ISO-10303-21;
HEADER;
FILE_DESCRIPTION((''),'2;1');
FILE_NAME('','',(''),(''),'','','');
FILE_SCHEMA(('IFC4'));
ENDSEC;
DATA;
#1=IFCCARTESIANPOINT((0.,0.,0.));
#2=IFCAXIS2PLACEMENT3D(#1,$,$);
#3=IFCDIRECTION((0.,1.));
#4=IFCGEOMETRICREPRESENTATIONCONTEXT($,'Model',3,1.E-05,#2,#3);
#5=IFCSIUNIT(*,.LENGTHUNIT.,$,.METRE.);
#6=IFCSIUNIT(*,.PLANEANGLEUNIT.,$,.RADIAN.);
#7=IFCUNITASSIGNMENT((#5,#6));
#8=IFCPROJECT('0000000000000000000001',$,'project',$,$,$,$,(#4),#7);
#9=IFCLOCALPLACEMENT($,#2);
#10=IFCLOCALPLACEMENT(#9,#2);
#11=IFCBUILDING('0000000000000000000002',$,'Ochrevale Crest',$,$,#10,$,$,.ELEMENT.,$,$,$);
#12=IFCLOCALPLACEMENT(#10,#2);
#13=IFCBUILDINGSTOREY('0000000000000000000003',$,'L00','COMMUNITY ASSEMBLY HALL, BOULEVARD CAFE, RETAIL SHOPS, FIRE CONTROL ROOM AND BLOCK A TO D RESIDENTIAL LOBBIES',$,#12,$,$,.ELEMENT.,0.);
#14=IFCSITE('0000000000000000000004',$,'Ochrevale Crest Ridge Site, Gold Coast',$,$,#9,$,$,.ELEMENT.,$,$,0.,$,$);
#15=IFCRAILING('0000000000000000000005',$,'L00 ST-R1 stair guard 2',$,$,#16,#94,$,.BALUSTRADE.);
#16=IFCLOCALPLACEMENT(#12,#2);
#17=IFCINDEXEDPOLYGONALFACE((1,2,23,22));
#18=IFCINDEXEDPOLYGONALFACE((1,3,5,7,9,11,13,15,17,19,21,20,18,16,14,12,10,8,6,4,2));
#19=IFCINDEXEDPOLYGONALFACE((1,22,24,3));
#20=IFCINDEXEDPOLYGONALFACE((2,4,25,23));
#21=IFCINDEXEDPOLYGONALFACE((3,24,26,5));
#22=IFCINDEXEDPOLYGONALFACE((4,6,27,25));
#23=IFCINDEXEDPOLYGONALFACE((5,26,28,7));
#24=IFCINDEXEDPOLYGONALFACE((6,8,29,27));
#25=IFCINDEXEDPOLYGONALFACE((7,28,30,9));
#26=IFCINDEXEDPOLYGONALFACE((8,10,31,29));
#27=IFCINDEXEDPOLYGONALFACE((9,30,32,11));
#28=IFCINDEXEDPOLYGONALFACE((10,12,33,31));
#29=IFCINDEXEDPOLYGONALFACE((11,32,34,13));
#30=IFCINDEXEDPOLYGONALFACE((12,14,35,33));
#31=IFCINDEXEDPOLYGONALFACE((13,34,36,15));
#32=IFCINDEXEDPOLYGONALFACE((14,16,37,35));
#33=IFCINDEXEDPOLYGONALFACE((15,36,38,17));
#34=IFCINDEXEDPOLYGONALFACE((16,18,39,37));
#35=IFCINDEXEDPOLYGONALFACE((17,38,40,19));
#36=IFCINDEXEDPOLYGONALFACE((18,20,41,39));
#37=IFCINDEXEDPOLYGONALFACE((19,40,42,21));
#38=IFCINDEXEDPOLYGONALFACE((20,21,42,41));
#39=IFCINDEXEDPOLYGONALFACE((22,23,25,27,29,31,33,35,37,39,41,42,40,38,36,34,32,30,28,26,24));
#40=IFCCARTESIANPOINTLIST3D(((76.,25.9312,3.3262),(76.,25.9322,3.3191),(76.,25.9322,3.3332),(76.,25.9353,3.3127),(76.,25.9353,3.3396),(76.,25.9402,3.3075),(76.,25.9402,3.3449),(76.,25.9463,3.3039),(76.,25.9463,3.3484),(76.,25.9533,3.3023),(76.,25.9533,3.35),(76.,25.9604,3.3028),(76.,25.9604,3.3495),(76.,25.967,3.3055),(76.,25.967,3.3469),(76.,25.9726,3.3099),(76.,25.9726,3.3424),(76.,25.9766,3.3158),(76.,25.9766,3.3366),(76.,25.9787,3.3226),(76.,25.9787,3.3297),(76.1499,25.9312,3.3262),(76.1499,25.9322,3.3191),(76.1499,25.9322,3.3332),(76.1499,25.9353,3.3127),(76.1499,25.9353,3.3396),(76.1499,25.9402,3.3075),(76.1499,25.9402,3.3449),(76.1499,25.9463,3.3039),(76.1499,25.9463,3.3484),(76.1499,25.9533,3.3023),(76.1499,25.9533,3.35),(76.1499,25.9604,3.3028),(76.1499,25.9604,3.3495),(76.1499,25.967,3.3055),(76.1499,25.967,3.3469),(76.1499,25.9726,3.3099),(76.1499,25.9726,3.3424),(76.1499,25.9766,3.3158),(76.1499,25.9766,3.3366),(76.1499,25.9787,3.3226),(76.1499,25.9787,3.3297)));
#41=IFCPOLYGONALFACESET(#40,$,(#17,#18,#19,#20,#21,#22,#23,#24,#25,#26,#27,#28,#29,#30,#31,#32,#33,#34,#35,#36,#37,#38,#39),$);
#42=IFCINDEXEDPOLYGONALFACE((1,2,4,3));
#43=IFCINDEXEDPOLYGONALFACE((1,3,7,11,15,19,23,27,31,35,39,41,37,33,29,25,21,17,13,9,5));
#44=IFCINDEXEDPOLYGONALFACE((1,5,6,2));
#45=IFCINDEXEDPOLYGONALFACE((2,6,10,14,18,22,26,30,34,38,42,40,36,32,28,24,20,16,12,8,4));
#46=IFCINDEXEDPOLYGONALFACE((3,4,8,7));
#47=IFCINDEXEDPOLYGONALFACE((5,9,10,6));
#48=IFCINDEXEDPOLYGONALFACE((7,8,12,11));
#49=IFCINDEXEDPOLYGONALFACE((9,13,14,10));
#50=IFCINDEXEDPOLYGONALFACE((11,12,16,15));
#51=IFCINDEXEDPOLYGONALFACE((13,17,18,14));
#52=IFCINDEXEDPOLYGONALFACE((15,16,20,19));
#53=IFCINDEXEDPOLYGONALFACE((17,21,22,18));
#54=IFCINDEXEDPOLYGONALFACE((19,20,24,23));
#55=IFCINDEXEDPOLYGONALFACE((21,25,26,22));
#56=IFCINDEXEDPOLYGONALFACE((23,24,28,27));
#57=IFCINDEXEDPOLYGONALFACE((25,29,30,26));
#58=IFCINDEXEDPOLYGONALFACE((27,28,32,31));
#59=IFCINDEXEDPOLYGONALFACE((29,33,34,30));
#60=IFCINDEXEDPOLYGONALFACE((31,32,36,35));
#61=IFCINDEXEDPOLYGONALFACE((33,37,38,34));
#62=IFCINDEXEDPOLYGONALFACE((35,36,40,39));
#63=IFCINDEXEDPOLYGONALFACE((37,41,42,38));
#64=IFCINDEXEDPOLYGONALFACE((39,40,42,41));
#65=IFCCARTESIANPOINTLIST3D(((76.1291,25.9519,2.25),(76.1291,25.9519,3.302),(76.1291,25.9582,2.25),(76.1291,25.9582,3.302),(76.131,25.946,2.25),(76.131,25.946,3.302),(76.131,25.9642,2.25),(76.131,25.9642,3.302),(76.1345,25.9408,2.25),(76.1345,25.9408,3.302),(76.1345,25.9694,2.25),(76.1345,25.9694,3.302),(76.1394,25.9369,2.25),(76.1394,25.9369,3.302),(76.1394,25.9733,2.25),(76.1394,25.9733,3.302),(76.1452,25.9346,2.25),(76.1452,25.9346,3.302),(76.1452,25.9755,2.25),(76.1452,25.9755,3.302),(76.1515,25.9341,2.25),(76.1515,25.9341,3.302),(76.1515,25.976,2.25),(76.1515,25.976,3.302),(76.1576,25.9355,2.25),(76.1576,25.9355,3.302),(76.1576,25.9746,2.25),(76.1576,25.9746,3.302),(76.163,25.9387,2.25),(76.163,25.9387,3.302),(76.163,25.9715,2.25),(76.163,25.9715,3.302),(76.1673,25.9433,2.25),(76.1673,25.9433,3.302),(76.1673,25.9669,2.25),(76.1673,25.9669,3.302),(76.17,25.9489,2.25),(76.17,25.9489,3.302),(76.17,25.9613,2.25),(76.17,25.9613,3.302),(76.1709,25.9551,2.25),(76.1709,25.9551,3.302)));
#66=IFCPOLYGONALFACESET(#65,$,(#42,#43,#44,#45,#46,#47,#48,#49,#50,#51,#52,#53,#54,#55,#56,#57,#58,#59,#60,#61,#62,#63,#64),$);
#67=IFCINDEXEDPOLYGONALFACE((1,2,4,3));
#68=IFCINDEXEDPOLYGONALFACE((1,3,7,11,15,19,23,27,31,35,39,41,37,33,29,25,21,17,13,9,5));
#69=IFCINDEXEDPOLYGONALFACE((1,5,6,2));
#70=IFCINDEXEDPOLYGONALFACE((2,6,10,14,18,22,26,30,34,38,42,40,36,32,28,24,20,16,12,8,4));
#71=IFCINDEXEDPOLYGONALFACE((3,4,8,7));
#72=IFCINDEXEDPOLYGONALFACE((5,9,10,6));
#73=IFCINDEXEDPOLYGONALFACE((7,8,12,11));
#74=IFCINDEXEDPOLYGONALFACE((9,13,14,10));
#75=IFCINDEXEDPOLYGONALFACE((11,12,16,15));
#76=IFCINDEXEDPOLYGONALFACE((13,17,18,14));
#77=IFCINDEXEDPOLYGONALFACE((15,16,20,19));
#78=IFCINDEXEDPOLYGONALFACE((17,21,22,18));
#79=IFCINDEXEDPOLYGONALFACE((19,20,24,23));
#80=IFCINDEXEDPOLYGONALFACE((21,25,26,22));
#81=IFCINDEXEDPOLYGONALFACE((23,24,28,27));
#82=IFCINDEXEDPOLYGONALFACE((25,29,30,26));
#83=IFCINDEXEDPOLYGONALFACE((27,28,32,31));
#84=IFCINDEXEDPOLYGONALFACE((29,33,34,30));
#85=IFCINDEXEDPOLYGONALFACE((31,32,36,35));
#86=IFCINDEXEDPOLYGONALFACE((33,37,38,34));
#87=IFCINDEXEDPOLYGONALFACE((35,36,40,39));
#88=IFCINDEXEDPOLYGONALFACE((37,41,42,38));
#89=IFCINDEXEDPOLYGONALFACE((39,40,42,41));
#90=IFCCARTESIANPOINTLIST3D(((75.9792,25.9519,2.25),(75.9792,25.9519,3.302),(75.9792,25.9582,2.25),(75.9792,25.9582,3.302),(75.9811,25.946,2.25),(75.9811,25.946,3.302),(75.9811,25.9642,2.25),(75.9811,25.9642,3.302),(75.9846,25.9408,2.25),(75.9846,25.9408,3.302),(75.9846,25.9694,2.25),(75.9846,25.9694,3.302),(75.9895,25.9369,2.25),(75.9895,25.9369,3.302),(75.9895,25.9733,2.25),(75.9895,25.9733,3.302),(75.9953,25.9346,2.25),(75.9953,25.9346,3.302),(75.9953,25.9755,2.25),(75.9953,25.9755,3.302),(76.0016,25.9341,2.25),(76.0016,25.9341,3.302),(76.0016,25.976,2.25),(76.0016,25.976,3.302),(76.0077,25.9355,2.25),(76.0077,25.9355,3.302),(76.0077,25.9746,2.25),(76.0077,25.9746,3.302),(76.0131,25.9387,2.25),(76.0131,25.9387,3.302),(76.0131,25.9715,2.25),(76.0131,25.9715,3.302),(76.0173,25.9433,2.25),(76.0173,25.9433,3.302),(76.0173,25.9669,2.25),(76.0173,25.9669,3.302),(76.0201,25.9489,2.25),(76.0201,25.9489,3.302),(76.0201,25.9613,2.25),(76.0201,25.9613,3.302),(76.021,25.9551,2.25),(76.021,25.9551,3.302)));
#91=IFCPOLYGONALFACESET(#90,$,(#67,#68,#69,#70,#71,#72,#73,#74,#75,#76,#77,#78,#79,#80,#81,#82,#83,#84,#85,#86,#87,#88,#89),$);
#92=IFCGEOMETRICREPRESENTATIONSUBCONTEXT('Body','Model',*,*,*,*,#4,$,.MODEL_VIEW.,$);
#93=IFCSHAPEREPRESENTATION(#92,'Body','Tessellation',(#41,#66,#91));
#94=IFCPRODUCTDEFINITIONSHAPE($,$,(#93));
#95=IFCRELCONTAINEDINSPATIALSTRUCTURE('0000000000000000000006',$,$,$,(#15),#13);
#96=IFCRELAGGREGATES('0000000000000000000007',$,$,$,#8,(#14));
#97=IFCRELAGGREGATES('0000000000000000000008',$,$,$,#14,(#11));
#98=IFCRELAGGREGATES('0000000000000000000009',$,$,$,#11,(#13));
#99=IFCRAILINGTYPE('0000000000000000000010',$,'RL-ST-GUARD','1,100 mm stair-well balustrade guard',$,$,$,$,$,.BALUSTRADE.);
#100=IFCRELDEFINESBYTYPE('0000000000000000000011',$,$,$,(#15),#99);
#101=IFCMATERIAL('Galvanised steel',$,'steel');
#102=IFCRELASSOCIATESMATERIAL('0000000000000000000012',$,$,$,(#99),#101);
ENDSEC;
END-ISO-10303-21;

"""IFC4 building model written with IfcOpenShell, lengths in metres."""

from ifc_helpers import new_model, si_unit, direction, frame, origin, origin_2d, place, context, subcontext, project, spatial, circle, extrude, material, type_object, element, save


model = new_model("IFC4")

# Units and contexts
model_context = context("Model", 3, precision=1e-05, world=origin(), true_north=direction((0.0, 1.0)))
body_context = subcontext(model_context, "Body", "Model", "MODEL_VIEW")
ifc_project = project(units=[si_unit("LENGTHUNIT", "METRE"), si_unit("PLANEANGLEUNIT", "RADIAN")], contexts=[model_context])

# Site, building, storey
site_placement = place(None, origin())
site = spatial("IfcSite", under=ifc_project, at=site_placement, Name="Ochrevale Crest Ridge Site, Gold Coast", CompositionType="ELEMENT", RefElevation=0.0)
building_placement = place(site_placement, origin())
building = spatial("IfcBuilding", under=site, at=building_placement, Name="Ochrevale Crest", CompositionType="ELEMENT")
storey_placement = place(building_placement, origin())
storey = spatial("IfcBuildingStorey", under=building, at=storey_placement, Name="L00", Description="COMMUNITY ASSEMBLY HALL, BOULEVARD CAFE, RETAIL SHOPS, FIRE CONTROL ROOM AND BLOCK A TO D RESIDENTIAL LOBBIES", CompositionType="ELEMENT", Elevation=0.0)

# Railing
ifc_material_1 = material(Name="Galvanised steel", Category="steel")
railing_type_1 = type_object("IfcRailingType", Name="RL-ST-GUARD", Description="1,100 mm stair-well balustrade guard", PredefinedType="BALUSTRADE", material=ifc_material_1)
railing_1_placement = place(storey_placement, frame((76.1499, 25.9551, 2.25)))
element("IfcRailing", 1, at=railing_1_placement, inside=storey, type_object=railing_type_1, Name="L00 ST-R1 stair guard 2", PredefinedType="BALUSTRADE", context=body_context, shape_type="SweptSolid", body=[
    extrude(circle(Radius=0.0239, at=origin_2d()), frame((0.0, 0.0, 1.0762), z_axis=(-1.0, 0.0, 0.0), x_axis=(0.0, -1.0, 0.0)), (0.0, 0.0, 1.0), 0.1499),
    extrude(circle(Radius=0.021, at=origin_2d()), origin(), (0.0, 0.0, 1.0), 1.052),
    extrude(circle(Radius=0.021, at=origin_2d()), frame((-0.1499, 0.0, 0.0)), (0.0, 0.0, 1.0), 1.052),
])

save(model, "model.ifc")
